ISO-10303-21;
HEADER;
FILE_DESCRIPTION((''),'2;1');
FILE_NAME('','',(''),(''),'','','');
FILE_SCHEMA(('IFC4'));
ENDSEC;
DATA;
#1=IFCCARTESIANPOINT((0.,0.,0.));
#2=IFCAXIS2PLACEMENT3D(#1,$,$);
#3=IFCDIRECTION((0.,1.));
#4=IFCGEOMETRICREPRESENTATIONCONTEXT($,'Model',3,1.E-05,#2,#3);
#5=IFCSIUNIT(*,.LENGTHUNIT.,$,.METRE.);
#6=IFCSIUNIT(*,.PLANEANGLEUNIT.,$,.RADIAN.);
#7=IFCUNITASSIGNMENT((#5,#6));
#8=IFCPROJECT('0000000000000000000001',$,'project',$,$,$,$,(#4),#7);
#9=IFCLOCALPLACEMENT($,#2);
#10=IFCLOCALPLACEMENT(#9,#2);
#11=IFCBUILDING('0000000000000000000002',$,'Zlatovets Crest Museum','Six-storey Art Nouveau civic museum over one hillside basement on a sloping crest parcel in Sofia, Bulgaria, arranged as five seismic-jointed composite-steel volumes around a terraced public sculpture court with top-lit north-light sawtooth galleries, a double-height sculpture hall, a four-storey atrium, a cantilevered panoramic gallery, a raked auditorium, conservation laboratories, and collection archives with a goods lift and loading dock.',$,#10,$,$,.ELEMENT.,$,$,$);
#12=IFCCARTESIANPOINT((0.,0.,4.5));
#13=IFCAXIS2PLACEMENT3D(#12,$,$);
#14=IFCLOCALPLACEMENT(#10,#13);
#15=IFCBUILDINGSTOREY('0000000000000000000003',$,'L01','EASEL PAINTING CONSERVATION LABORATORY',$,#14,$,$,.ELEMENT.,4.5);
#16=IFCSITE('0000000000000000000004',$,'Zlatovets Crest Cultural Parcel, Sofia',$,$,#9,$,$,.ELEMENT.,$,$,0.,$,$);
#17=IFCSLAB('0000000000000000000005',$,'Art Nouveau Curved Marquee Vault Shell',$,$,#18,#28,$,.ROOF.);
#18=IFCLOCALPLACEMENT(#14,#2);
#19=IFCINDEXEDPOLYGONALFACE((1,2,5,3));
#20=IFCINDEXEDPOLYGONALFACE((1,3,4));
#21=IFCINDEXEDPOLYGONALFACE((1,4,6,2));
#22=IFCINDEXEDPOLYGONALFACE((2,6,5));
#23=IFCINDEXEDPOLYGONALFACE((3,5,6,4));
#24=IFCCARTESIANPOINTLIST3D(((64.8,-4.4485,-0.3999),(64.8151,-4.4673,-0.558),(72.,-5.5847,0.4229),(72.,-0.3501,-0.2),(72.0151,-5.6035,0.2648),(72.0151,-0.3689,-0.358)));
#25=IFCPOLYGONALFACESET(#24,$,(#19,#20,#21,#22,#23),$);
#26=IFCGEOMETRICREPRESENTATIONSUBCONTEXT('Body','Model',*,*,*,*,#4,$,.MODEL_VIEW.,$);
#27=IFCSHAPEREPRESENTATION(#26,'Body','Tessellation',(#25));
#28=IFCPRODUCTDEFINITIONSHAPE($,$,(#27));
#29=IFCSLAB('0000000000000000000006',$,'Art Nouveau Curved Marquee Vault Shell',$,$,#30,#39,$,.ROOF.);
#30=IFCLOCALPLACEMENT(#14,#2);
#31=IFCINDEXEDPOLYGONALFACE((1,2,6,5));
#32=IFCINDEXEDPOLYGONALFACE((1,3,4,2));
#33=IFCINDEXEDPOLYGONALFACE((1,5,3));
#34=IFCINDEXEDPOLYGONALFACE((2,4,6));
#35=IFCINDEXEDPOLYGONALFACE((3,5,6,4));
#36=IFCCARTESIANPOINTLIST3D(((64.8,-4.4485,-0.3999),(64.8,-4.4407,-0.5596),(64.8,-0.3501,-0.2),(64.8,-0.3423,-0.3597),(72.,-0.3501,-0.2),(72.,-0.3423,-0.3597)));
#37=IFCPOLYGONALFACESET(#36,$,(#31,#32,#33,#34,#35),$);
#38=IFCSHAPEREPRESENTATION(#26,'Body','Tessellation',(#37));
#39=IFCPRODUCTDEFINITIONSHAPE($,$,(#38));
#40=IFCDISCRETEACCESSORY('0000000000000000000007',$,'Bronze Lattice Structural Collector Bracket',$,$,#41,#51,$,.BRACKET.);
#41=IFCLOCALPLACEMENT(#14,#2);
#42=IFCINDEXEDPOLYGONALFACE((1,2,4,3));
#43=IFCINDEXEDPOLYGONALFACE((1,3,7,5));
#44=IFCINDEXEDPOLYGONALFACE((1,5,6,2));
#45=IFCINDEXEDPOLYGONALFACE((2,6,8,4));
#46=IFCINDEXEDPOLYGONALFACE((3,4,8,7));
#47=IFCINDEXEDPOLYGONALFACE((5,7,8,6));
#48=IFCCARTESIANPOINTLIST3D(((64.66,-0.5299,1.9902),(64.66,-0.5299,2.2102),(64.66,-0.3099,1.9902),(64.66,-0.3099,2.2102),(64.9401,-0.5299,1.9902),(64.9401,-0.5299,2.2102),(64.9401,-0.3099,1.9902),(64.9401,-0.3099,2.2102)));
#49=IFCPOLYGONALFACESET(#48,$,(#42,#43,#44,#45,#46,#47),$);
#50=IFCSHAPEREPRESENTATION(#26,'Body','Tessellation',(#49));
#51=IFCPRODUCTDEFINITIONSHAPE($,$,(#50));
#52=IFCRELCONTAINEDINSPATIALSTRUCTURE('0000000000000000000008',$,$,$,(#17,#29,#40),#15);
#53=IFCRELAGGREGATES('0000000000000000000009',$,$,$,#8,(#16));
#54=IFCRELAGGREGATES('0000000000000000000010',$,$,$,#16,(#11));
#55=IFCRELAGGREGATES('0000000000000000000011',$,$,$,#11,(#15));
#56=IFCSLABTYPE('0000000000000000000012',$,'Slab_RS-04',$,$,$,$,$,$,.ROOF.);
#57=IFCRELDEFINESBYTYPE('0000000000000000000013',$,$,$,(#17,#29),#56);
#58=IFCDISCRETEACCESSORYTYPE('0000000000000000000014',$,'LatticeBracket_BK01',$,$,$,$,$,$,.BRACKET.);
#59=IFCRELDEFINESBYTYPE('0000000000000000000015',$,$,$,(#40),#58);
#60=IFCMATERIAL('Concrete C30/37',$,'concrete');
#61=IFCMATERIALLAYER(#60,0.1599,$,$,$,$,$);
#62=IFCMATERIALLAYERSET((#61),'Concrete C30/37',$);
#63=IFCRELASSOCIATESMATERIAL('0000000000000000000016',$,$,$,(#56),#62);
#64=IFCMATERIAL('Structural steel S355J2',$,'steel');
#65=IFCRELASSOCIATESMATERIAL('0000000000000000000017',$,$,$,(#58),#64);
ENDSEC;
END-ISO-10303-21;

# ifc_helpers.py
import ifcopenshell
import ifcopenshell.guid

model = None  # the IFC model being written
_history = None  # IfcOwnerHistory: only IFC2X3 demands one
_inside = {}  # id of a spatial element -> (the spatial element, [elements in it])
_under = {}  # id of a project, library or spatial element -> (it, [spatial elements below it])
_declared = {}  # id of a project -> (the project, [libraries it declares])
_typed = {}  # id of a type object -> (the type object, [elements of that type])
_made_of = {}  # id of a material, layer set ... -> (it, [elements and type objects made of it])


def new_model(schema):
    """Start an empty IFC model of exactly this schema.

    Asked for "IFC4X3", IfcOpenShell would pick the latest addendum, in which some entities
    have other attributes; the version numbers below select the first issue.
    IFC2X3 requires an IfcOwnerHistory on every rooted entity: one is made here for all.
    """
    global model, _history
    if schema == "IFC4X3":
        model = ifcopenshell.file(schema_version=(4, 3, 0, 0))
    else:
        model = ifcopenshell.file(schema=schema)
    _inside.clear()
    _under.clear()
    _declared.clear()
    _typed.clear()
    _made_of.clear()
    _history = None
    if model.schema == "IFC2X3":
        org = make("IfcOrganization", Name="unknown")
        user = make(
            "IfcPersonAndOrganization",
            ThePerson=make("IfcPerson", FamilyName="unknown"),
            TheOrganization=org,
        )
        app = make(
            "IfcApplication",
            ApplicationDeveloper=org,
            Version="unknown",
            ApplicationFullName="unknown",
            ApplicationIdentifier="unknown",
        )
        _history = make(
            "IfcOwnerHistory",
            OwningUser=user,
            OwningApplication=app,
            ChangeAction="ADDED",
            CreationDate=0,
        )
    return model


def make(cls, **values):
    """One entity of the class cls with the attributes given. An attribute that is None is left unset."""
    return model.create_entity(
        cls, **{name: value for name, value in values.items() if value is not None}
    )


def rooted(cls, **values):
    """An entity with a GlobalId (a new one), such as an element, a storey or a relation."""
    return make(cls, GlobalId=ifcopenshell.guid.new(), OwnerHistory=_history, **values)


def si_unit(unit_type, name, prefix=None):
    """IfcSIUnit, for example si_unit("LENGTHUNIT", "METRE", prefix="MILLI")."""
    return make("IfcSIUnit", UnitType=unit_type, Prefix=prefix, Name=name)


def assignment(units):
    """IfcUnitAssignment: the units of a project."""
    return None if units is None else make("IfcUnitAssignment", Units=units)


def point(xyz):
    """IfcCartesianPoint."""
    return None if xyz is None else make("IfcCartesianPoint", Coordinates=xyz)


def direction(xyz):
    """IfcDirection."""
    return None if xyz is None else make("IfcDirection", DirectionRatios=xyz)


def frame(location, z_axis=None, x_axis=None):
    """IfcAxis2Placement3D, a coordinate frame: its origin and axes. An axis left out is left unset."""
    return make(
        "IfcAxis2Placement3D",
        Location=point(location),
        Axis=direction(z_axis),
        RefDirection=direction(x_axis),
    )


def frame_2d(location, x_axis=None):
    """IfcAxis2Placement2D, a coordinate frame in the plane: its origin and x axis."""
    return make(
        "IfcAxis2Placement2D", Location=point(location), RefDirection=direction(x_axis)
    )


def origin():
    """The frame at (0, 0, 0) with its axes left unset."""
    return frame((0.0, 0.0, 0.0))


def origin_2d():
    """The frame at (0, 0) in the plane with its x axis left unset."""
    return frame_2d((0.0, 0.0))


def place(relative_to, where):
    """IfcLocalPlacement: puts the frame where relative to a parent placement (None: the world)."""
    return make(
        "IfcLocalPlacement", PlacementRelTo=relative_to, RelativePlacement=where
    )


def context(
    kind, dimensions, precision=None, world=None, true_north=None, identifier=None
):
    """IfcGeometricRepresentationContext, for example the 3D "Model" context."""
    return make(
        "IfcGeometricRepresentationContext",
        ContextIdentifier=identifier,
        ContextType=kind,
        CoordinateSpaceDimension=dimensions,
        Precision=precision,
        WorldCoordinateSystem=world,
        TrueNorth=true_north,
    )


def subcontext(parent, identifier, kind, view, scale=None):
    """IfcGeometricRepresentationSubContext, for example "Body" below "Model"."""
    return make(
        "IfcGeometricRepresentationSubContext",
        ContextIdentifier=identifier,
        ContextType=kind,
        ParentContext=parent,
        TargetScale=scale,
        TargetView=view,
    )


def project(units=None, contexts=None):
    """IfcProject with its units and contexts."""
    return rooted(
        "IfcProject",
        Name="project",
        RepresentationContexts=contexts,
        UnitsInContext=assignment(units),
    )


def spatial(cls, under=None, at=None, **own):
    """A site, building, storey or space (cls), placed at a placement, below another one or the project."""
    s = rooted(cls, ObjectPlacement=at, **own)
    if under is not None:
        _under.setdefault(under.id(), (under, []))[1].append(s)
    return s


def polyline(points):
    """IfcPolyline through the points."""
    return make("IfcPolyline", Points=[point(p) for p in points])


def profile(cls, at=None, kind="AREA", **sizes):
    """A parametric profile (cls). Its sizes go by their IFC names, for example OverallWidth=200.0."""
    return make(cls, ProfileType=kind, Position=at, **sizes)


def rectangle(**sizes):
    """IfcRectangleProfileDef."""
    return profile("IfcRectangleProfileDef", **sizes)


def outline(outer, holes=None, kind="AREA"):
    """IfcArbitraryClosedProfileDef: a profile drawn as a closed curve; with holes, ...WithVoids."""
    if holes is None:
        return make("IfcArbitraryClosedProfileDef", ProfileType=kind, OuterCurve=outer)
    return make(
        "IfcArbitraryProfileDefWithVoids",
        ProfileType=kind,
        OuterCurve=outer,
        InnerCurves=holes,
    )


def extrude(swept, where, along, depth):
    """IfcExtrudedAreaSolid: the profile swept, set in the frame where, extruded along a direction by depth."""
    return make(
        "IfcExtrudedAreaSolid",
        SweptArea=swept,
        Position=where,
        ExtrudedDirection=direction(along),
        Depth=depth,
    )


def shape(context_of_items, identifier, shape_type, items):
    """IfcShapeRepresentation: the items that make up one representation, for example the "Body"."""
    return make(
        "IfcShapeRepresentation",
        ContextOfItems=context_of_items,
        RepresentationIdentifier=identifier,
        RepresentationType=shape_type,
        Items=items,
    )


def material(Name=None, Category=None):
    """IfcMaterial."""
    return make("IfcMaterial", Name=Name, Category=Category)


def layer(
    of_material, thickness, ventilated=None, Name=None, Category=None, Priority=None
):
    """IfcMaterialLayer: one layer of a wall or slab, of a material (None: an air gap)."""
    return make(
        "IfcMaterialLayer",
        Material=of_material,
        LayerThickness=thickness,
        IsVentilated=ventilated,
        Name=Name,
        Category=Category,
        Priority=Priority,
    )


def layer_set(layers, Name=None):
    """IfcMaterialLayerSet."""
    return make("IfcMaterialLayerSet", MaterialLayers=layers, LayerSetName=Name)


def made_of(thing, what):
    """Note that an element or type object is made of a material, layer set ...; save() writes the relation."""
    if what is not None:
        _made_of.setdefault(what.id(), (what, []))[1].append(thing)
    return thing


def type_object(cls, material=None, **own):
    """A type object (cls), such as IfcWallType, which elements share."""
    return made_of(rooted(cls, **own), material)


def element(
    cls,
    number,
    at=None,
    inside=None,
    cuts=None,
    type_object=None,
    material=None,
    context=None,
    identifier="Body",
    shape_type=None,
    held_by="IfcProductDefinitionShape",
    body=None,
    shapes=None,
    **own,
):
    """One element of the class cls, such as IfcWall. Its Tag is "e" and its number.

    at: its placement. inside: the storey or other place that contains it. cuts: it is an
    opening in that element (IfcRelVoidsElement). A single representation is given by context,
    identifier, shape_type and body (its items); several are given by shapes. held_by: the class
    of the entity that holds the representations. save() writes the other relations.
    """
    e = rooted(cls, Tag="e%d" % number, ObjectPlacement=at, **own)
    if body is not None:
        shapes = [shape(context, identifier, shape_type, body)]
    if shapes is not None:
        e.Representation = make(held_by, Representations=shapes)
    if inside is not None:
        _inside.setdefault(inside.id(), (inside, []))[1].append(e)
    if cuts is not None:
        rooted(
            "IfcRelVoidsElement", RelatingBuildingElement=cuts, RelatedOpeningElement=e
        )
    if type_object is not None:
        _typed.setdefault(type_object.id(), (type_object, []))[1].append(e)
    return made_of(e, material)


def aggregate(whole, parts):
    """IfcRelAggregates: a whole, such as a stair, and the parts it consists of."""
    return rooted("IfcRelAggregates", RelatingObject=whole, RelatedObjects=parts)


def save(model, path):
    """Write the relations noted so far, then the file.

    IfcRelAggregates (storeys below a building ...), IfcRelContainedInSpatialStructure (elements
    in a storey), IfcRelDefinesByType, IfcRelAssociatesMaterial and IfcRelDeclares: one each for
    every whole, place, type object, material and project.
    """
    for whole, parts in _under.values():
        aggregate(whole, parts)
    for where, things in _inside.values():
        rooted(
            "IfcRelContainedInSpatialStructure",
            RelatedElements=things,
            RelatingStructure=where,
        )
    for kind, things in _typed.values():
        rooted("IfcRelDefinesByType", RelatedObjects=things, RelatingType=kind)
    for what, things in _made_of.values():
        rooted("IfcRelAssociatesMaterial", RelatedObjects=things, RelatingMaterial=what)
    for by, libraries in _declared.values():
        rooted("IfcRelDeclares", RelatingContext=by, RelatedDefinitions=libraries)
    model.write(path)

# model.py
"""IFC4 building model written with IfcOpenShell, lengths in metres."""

from ifc_helpers import new_model, si_unit, direction, frame, origin, origin_2d, place, context, subcontext, project, spatial, polyline, rectangle, outline, extrude, material, layer, layer_set, type_object, element, save


model = new_model("IFC4")

# Units and contexts
model_context = context("Model", 3, precision=1e-05, world=origin(), true_north=direction((0.0, 1.0)))
body_context = subcontext(model_context, "Body", "Model", "MODEL_VIEW")
ifc_project = project(units=[si_unit("LENGTHUNIT", "METRE"), si_unit("PLANEANGLEUNIT", "RADIAN")], contexts=[model_context])

# Site, building, storey
site_placement = place(None, origin())
site = spatial("IfcSite", under=ifc_project, at=site_placement, Name="Zlatovets Crest Cultural Parcel, Sofia", CompositionType="ELEMENT", RefElevation=0.0)
building_placement = place(site_placement, origin())
building = spatial("IfcBuilding", under=site, at=building_placement, Name="Zlatovets Crest Museum", Description="Six-storey Art Nouveau civic museum over one hillside basement on a sloping crest parcel in Sofia, Bulgaria, arranged as five seismic-jointed composite-steel volumes around a terraced public sculpture court with top-lit north-light sawtooth galleries, a double-height sculpture hall, a four-storey atrium, a cantilevered panoramic gallery, a raked auditorium, conservation laboratories, and collection archives with a goods lift and loading dock.", CompositionType="ELEMENT")
storey_placement = place(building_placement, frame((0.0, 0.0, 4.5)))
storey = spatial("IfcBuildingStorey", under=building, at=storey_placement, Name="L01", Description="EASEL PAINTING CONSERVATION LABORATORY", CompositionType="ELEMENT", Elevation=4.5)

# Shared definitions
ifc_material_1 = material(Name="Structural steel S355J2", Category="steel")

# Slabs
ifc_material_2 = material(Name="Concrete C30/37", Category="concrete")
ifc_layer_1 = layer(ifc_material_2, 0.1599)
ifc_layer_set_1 = layer_set([ifc_layer_1], Name="Concrete C30/37")
slab_type = type_object("IfcSlabType", Name="Slab_RS-04", PredefinedType="ROOF", material=ifc_layer_set_1)
slab_1_placement = place(storey_placement, frame((64.8, -4.4485, -0.3999), z_axis=(-0.094404, 0.117617, 0.988562), x_axis=(0.981543, -0.154898, 0.112163)))
element("IfcSlab", 1, at=slab_1_placement, inside=storey, type_object=slab_type, Name="Art Nouveau Curved Marquee Vault Shell", PredefinedType="ROOF", context=body_context, shape_type="SweptSolid", body=[
    extrude(outline(polyline([(0.0, 0.0), (7.3353, 0.0), (6.4547, 5.1975), (0.0, 0.0)])), origin(), (0.0, 0.0, -1.0), 0.1599),
])
slab_2_placement = place(storey_placement, frame((64.8, -4.4485, -0.3999), z_axis=(0.0, -0.04873, 0.998812), x_axis=(0.868814, 0.49455, 0.024128)))
element("IfcSlab", 2, at=slab_2_placement, inside=storey, type_object=slab_type, Name="Art Nouveau Curved Marquee Vault Shell", PredefinedType="ROOF", context=body_context, shape_type="SweptSolid", body=[
    extrude(outline(polyline([(0.0, 0.0), (8.2871, 0.0), (2.0317, 3.565), (0.0, 0.0)])), origin(), (0.0, 0.0, -1.0), 0.1599),
])

# Discrete accessory
discrete_accessory_type = type_object("IfcDiscreteAccessoryType", Name="LatticeBracket_BK01", PredefinedType="BRACKET", material=ifc_material_1)
discrete_accessory_placement = place(storey_placement, frame((64.8, -0.4199, 1.9902), z_axis=(0.0, 0.0, 1.0), x_axis=(1.0, 0.0, 0.0)))
element("IfcDiscreteAccessory", 3, at=discrete_accessory_placement, inside=storey, type_object=discrete_accessory_type, Name="Bronze Lattice Structural Collector Bracket", PredefinedType="BRACKET", context=body_context, shape_type="SweptSolid", body=[
    extrude(rectangle(XDim=0.28, YDim=0.22, at=origin_2d()), origin(), (0.0, 0.0, 1.0), 0.22),
])

save(model, "model.ifc")
